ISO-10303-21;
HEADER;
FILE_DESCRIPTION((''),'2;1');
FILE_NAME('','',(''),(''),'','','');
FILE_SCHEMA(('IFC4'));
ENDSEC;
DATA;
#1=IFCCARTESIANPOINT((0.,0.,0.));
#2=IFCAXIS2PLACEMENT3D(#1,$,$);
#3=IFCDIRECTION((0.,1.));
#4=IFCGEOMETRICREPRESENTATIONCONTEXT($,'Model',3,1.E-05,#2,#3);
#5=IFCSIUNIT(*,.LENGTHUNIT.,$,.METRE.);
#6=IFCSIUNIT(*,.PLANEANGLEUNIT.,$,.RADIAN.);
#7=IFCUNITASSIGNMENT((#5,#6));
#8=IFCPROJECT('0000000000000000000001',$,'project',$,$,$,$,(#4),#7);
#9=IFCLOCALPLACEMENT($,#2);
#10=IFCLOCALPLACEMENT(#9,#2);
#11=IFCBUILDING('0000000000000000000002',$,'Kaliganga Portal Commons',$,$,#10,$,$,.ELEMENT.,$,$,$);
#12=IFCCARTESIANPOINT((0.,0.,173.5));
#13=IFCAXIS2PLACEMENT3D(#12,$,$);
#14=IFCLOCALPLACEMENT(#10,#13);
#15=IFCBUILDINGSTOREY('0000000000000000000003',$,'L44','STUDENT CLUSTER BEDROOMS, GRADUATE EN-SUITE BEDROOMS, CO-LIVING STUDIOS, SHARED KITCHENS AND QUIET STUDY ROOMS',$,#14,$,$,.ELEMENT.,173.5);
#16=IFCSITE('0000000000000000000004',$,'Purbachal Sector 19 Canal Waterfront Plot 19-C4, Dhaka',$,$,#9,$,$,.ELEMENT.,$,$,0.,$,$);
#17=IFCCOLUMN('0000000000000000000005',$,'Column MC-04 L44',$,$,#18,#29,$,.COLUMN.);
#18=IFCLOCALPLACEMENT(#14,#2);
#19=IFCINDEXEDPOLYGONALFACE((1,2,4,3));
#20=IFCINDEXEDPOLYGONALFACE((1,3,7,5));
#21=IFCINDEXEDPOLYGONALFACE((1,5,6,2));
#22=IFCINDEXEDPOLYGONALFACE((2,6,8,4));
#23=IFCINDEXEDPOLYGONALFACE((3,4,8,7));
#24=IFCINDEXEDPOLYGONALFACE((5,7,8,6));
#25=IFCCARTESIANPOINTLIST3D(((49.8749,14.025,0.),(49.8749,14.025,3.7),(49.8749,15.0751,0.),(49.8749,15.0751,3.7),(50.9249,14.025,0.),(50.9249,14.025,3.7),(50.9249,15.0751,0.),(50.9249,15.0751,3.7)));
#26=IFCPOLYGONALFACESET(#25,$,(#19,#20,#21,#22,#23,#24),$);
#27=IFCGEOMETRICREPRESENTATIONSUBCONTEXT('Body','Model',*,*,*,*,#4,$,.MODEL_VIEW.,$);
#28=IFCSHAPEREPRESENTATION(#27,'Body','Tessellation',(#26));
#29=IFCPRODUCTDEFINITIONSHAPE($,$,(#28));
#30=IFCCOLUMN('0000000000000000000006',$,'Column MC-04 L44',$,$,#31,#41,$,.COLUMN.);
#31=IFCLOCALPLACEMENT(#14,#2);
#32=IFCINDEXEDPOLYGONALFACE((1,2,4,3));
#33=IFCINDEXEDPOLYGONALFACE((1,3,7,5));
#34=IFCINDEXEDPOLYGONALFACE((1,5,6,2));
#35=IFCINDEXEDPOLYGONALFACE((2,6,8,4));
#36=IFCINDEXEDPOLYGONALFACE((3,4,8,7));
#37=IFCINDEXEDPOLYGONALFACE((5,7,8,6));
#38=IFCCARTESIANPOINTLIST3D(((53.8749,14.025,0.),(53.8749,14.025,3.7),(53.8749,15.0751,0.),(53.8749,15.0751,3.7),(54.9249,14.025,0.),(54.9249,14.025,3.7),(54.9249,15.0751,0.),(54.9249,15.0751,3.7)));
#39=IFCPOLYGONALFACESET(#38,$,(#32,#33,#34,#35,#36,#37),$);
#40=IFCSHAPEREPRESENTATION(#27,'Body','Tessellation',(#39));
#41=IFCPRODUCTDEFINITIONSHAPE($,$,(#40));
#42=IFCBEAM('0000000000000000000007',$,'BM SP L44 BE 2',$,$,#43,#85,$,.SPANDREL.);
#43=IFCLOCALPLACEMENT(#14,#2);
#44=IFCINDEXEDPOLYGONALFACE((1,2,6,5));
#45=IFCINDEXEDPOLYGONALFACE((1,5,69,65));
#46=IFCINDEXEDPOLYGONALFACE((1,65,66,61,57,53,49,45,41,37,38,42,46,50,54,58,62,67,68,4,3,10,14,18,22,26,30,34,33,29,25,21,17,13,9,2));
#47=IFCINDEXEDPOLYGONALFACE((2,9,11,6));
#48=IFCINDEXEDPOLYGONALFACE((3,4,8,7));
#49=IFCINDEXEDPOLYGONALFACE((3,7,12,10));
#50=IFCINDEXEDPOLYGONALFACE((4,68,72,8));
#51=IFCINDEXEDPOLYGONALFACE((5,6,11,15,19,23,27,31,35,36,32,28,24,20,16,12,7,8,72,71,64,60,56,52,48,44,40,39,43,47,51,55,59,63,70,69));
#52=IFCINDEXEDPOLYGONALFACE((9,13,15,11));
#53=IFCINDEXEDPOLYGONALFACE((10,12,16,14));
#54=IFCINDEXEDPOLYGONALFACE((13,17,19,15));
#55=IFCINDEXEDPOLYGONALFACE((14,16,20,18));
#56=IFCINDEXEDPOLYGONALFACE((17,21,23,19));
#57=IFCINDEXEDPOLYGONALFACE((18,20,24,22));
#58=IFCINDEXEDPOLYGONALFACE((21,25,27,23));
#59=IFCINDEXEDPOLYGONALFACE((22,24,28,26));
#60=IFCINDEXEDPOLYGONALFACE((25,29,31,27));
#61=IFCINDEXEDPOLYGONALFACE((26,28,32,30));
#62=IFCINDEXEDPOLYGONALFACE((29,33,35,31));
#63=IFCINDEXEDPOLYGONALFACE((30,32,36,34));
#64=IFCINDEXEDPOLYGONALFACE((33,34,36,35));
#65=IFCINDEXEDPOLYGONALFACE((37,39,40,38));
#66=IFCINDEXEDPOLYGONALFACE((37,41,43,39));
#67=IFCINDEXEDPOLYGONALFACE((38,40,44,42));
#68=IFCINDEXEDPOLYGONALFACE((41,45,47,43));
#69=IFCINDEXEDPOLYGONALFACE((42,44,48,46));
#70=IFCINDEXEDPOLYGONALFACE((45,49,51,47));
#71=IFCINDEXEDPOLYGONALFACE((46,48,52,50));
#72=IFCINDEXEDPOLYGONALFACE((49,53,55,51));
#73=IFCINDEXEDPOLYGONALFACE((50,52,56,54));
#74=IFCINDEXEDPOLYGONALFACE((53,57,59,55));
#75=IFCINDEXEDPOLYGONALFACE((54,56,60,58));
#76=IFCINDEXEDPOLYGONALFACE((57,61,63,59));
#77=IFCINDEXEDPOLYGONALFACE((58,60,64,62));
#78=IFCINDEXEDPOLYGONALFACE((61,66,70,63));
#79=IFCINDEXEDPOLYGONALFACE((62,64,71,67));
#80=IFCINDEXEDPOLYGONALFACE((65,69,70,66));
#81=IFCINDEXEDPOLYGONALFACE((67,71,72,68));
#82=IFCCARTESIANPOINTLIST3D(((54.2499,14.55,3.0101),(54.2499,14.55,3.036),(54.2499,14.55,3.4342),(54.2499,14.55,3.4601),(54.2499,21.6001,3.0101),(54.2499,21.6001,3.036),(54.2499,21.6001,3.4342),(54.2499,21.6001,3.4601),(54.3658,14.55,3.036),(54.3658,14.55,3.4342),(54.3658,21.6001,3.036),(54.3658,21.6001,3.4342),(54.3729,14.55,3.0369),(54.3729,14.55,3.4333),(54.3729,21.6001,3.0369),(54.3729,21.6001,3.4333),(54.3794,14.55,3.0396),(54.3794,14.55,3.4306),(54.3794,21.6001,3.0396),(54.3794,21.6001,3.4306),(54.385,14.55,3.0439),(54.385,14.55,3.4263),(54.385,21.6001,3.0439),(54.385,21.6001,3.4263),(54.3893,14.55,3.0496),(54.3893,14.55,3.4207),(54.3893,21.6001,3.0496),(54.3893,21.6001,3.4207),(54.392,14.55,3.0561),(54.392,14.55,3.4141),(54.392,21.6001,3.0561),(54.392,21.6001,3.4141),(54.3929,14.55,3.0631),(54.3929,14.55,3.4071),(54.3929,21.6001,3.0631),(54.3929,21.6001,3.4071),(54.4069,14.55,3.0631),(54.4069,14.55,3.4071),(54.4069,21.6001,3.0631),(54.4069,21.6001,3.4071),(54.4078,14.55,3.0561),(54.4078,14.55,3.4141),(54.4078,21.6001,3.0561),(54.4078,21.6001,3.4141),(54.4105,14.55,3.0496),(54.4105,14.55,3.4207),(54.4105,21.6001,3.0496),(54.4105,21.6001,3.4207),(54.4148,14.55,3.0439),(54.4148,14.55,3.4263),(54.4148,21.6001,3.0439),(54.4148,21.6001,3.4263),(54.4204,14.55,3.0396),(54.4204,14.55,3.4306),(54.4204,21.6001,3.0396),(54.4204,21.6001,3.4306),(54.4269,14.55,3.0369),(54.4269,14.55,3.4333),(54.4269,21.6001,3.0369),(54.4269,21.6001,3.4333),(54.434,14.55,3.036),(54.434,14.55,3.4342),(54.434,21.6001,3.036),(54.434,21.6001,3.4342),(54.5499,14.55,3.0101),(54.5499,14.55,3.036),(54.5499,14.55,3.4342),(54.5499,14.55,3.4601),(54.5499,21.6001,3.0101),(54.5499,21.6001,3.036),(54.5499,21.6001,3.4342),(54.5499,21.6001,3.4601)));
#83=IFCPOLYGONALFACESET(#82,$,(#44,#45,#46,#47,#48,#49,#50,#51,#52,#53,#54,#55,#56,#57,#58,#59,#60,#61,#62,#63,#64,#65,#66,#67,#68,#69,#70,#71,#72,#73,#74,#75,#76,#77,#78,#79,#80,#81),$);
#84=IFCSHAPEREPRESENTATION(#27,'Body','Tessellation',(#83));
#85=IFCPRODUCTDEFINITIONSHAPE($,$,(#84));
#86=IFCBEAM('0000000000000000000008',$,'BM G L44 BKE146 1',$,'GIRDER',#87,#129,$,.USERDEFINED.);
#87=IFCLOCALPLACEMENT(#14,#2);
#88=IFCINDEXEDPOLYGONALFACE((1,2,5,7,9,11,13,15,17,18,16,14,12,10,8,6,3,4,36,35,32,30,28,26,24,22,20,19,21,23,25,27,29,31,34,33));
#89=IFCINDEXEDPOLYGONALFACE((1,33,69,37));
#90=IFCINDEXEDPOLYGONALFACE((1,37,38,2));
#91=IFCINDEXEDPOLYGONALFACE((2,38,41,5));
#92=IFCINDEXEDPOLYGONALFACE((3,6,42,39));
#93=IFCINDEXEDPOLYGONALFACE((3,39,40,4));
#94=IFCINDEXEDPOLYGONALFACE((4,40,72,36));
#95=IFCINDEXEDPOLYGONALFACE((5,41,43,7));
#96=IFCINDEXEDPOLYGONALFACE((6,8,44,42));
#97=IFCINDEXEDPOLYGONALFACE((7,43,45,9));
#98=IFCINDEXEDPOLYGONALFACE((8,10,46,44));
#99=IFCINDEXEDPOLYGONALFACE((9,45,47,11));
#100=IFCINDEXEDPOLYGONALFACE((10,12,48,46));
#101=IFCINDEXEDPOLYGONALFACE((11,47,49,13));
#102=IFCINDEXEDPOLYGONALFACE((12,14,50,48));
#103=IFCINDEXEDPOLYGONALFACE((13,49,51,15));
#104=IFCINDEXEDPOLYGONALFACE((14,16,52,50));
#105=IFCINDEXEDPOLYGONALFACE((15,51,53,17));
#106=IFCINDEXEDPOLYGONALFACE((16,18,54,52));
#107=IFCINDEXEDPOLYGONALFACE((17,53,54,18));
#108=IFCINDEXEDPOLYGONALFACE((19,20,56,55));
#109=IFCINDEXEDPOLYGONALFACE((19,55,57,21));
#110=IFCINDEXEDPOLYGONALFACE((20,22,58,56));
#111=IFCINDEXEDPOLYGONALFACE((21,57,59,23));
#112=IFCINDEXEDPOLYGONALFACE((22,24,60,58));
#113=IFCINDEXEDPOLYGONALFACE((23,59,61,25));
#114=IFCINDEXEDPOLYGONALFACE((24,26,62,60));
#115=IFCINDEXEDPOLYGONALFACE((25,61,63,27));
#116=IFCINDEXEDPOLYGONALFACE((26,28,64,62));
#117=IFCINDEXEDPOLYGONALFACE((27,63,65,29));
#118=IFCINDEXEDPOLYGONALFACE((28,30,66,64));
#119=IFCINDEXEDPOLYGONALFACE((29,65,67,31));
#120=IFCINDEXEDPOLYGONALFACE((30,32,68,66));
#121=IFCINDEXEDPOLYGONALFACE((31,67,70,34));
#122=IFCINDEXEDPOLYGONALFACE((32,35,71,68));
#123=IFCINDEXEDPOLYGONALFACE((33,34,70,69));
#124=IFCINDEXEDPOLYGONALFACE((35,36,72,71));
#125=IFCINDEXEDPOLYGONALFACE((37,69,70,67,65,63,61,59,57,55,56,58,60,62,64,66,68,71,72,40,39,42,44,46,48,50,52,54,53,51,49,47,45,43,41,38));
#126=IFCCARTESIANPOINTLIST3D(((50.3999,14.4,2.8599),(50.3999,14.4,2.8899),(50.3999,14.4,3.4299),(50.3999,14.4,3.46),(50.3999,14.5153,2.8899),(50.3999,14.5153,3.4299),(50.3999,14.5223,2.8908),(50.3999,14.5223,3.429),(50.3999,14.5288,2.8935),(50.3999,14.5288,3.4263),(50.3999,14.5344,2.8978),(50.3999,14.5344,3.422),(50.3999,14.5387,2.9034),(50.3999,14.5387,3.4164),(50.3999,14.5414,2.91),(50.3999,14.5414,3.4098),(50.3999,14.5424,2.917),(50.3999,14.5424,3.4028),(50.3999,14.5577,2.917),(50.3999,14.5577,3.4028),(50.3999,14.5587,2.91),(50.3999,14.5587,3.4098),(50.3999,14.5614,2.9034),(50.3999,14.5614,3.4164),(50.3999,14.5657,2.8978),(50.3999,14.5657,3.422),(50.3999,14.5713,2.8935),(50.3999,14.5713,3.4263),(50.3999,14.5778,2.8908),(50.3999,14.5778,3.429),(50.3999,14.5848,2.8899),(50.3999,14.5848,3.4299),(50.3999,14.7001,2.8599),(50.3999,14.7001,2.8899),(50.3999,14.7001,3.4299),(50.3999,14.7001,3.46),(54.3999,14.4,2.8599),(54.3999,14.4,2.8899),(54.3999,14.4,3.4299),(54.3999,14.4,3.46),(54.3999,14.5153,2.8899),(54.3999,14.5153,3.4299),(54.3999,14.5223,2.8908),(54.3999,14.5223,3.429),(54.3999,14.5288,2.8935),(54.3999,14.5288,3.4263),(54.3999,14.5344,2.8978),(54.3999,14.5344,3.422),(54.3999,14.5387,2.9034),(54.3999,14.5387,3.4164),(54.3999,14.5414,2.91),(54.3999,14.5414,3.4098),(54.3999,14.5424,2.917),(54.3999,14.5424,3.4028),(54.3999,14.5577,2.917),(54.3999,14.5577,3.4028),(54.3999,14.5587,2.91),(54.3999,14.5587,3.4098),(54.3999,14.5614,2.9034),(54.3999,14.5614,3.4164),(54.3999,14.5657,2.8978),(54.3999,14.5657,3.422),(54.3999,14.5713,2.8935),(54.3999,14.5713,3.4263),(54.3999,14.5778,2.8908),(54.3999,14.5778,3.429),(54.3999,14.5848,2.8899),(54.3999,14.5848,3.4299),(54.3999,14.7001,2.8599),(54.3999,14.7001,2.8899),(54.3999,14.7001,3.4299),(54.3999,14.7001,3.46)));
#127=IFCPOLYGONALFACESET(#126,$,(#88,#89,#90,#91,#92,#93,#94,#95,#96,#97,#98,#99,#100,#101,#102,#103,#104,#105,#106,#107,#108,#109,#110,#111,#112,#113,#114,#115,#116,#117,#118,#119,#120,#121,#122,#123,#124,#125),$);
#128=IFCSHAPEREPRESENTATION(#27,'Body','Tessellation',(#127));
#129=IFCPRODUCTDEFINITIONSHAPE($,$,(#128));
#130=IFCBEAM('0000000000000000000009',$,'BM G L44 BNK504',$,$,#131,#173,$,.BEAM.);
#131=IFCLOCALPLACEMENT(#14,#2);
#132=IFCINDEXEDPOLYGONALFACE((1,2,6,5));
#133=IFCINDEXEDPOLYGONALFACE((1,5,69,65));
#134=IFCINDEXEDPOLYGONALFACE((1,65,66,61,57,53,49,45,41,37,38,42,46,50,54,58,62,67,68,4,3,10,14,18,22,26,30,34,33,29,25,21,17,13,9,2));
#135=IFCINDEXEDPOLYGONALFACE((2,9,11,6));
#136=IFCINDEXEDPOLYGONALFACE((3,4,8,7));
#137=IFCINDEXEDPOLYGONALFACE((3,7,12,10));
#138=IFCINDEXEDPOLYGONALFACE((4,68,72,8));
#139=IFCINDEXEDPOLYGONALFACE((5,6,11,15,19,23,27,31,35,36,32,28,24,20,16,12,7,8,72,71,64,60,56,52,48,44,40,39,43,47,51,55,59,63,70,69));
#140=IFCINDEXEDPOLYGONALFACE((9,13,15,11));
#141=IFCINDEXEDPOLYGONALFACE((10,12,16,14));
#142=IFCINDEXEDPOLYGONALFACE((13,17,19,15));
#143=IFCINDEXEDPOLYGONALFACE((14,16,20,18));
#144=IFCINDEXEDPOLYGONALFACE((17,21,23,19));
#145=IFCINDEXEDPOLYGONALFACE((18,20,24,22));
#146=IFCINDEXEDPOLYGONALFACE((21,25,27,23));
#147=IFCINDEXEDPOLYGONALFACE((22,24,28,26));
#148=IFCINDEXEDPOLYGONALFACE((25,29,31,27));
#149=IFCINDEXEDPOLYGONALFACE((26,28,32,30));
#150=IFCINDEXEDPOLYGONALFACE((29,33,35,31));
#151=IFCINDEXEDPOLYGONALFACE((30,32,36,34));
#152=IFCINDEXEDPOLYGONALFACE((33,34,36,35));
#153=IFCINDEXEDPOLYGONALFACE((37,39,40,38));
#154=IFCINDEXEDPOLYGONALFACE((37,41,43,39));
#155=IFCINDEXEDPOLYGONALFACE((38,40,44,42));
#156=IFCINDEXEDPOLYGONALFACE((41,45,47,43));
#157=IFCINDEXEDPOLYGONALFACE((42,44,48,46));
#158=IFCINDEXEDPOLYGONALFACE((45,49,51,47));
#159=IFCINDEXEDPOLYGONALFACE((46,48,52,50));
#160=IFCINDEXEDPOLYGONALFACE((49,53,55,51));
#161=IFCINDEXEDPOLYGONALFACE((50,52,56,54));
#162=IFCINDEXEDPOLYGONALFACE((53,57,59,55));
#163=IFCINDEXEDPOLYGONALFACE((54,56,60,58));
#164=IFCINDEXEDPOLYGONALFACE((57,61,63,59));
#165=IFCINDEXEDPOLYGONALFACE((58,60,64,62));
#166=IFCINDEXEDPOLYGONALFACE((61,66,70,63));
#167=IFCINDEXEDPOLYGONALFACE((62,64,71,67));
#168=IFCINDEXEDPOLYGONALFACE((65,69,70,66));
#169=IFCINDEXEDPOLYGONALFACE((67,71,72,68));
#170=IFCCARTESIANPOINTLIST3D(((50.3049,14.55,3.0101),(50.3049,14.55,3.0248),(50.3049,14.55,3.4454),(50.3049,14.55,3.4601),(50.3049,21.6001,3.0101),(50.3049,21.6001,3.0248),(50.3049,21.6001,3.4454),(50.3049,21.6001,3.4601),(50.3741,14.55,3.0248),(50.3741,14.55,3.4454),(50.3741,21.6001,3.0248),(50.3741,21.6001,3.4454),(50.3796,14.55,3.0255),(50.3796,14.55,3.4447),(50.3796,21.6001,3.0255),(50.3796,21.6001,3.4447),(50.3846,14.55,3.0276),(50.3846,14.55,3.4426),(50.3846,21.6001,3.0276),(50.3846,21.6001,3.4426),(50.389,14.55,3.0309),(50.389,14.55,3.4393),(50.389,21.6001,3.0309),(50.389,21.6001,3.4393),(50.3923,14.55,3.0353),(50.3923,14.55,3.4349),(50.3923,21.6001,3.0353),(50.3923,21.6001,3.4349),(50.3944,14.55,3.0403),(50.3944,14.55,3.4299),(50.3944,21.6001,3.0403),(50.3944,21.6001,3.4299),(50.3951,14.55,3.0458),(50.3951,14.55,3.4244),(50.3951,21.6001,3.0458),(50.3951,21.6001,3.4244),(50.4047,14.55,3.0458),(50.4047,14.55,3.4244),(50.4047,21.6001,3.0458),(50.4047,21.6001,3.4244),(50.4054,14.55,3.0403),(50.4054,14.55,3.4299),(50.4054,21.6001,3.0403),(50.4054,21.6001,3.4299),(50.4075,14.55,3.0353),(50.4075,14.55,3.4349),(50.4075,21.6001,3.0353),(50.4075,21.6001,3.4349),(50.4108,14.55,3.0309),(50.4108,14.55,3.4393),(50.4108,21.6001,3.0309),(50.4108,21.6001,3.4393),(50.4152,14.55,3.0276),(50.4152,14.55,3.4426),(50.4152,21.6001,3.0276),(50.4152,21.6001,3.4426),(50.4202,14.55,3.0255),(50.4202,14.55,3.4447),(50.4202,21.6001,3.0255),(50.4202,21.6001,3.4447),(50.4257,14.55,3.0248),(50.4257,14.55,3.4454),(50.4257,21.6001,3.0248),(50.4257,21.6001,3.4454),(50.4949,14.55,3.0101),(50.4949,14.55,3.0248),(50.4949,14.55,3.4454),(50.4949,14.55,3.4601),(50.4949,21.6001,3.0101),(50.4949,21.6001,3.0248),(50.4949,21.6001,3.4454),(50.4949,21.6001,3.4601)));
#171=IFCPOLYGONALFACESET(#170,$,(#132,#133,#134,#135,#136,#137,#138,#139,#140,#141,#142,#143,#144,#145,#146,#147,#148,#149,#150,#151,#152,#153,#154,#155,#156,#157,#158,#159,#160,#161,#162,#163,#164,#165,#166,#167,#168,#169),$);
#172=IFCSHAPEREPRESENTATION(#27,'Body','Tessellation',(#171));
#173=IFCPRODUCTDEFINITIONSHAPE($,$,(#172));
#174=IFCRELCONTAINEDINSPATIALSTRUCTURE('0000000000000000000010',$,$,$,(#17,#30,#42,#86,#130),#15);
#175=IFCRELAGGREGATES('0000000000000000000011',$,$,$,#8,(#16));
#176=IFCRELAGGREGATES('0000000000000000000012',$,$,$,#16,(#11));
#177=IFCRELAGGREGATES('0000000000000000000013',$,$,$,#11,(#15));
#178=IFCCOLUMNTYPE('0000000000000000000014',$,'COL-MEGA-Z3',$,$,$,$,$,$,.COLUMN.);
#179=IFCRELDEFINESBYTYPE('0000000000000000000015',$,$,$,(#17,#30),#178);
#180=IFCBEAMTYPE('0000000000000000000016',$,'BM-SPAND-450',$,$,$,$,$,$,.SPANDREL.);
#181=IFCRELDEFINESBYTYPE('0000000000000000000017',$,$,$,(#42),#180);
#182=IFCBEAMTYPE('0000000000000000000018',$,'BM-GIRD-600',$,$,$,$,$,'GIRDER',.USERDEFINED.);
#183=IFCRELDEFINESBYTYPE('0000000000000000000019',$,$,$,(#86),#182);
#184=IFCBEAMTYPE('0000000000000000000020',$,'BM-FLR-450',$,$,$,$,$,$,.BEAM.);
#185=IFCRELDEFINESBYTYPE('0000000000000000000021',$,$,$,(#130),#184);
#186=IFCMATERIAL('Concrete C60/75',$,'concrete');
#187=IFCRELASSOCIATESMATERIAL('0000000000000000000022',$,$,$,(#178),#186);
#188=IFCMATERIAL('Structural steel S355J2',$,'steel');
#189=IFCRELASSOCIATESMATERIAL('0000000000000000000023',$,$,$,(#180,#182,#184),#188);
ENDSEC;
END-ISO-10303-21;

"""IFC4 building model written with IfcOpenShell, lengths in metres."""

from ifc_helpers import new_model, si_unit, direction, frame, origin, origin_2d, place, context, subcontext, project, spatial, rectangle, i_section, extrude, source, transform, mapped, material, material_profile, profile_set, type_object, element, save


model = new_model("IFC4")

# Units and contexts
model_context = context("Model", 3, precision=1e-05, world=origin(), true_north=direction((0.0, 1.0)))
body_context = subcontext(model_context, "Body", "Model", "MODEL_VIEW")
ifc_project = project(units=[si_unit("LENGTHUNIT", "METRE"), si_unit("PLANEANGLEUNIT", "RADIAN")], contexts=[model_context])

# Site, building, storey
site_placement = place(None, origin())
site = spatial("IfcSite", under=ifc_project, at=site_placement, Name="Purbachal Sector 19 Canal Waterfront Plot 19-C4, Dhaka", CompositionType="ELEMENT", RefElevation=0.0)
building_placement = place(site_placement, origin())
building = spatial("IfcBuilding", under=site, at=building_placement, Name="Kaliganga Portal Commons", CompositionType="ELEMENT")
storey_placement = place(building_placement, frame((0.0, 0.0, 173.5)))
storey = spatial("IfcBuildingStorey", under=building, at=storey_placement, Name="L44", Description="STUDENT CLUSTER BEDROOMS, GRADUATE EN-SUITE BEDROOMS, CO-LIVING STUDIOS, SHARED KITCHENS AND QUIET STUDY ROOMS", CompositionType="ELEMENT", Elevation=173.5)

# Columns
ifc_material_1 = material(Name="Concrete C60/75", Category="concrete")
ifc_material_profile_1 = material_profile(ifc_material_1, rectangle(XDim=1.05, YDim=1.05, at=origin_2d()), Name="RC 1050x1050")
ifc_profile_set_1 = profile_set([ifc_material_profile_1], Name="Concrete C60/75")
column_type = type_object("IfcColumnType", Name="COL-MEGA-Z3", PredefinedType="COLUMN", material=ifc_profile_set_1)
shared_shape_1 = source(origin(), body_context, "Body", "SweptSolid", [
    extrude(rectangle(XDim=1.05, YDim=1.05, at=origin_2d()), origin(), (0.0, 0.0, 1.0), 3.7),
])
for number, where, z_axis, x_axis, name in (
    (1, (50.3999, 14.55, 0.0), (0.0, 0.0, 1.0), (1.0, 0.0, 0.0), "Column MC-04 L44"),
    (2, (54.3999, 14.55, 0.0), (0.0, 0.0, 1.0), (1.0, 0.0, 0.0), "Column MC-04 L44"),
):
    element("IfcColumn", number, at=place(storey_placement, frame(where, z_axis=z_axis, x_axis=x_axis)), inside=storey, type_object=column_type, Name=name, PredefinedType="COLUMN", context=body_context, shape_type="MappedRepresentation", body=[
        mapped(shared_shape_1, transform((0.0, 0.0, 0.0), x_axis=(1.0, 0.0, 0.0), y_axis=(0.0, 1.0, 0.0), z_axis=(0.0, 0.0, 1.0), scale=1.0)),
    ])

# Beams
ifc_material_2 = material(Name="Structural steel S355J2", Category="steel")
ifc_material_profile_2 = material_profile(ifc_material_2, i_section(OverallWidth=0.3, OverallDepth=0.45, WebThickness=0.0139, FlangeThickness=0.0259, FilletRadius=0.0271, at=origin_2d()), Name="HE 450 B")
ifc_profile_set_2 = profile_set([ifc_material_profile_2], Name="Structural steel S355J2 wide-flange")
beam_type_1 = type_object("IfcBeamType", Name="BM-SPAND-450", PredefinedType="SPANDREL", material=ifc_profile_set_2)
shared_shape_2 = source(origin(), body_context, "Body", "SweptSolid", [
    extrude(i_section(OverallWidth=0.3, OverallDepth=0.45, WebThickness=0.0139, FlangeThickness=0.0259, FilletRadius=0.0271, at=origin_2d()), origin(), (0.0, 0.0, 1.0), 7.05),
])
beam_1_placement = place(storey_placement, frame((54.3999, 14.55, 3.2351), z_axis=(0.0, 1.0, 0.0), x_axis=(-1.0, 0.0, 0.0)))
element("IfcBeam", 3, at=beam_1_placement, inside=storey, type_object=beam_type_1, Name="BM SP L44 BE 2", PredefinedType="SPANDREL", context=body_context, shape_type="MappedRepresentation", body=[
    mapped(shared_shape_2, transform((0.0, 0.0, 0.0), x_axis=(1.0, 0.0, 0.0), y_axis=(0.0, 1.0, 0.0), z_axis=(0.0, 0.0, 1.0), scale=1.0)),
])
ifc_material_profile_3 = material_profile(ifc_material_2, i_section(OverallWidth=0.3, OverallDepth=0.6001, WebThickness=0.0154, FlangeThickness=0.03, FilletRadius=0.0271, at=origin_2d()), Name="HE 600 B")
ifc_profile_set_3 = profile_set([ifc_material_profile_3], Name="Structural steel S355J2 wide-flange")
beam_type_2 = type_object("IfcBeamType", Name="BM-GIRD-600", ElementType="GIRDER", PredefinedType="USERDEFINED", material=ifc_profile_set_3)
shared_shape_3 = source(origin(), body_context, "Body", "SweptSolid", [
    extrude(i_section(OverallWidth=0.3, OverallDepth=0.6001, WebThickness=0.0154, FlangeThickness=0.03, FilletRadius=0.0271, at=origin_2d()), origin(), (0.0, 0.0, 1.0), 4.0),
])
beam_2_placement = place(storey_placement, frame((50.3999, 14.55, 3.1599), z_axis=(1.0, 0.0, 0.0), x_axis=(0.0, 1.0, 0.0)))
element("IfcBeam", 4, at=beam_2_placement, inside=storey, type_object=beam_type_2, Name="BM G L44 BKE146 1", ObjectType="GIRDER", PredefinedType="USERDEFINED", context=body_context, shape_type="MappedRepresentation", body=[
    mapped(shared_shape_3, transform((0.0, 0.0, 0.0), x_axis=(1.0, 0.0, 0.0), y_axis=(0.0, 1.0, 0.0), z_axis=(0.0, 0.0, 1.0), scale=1.0)),
])
ifc_material_profile_4 = material_profile(ifc_material_2, i_section(OverallWidth=0.1899, OverallDepth=0.45, WebThickness=0.0095, FlangeThickness=0.0146, FilletRadius=0.021, at=origin_2d()), Name="IPE 450")
ifc_profile_set_4 = profile_set([ifc_material_profile_4], Name="Structural steel S355J2 wide-flange")
beam_type_3 = type_object("IfcBeamType", Name="BM-FLR-450", PredefinedType="BEAM", material=ifc_profile_set_4)
shared_shape_4 = source(origin(), body_context, "Body", "SweptSolid", [
    extrude(i_section(OverallWidth=0.1899, OverallDepth=0.45, WebThickness=0.0095, FlangeThickness=0.0146, FilletRadius=0.021, at=origin_2d()), origin(), (0.0, 0.0, 1.0), 7.05),
])
beam_3_placement = place(storey_placement, frame((50.3999, 14.55, 3.2351), z_axis=(0.0, 1.0, 0.0), x_axis=(-1.0, 0.0, 0.0)))
element("IfcBeam", 5, at=beam_3_placement, inside=storey, type_object=beam_type_3, Name="BM G L44 BNK504", PredefinedType="BEAM", context=body_context, shape_type="MappedRepresentation", body=[
    mapped(shared_shape_4, transform((0.0, 0.0, 0.0), x_axis=(1.0, 0.0, 0.0), y_axis=(0.0, 1.0, 0.0), z_axis=(0.0, 0.0, 1.0), scale=1.0)),
])

save(model, "model.ifc")
